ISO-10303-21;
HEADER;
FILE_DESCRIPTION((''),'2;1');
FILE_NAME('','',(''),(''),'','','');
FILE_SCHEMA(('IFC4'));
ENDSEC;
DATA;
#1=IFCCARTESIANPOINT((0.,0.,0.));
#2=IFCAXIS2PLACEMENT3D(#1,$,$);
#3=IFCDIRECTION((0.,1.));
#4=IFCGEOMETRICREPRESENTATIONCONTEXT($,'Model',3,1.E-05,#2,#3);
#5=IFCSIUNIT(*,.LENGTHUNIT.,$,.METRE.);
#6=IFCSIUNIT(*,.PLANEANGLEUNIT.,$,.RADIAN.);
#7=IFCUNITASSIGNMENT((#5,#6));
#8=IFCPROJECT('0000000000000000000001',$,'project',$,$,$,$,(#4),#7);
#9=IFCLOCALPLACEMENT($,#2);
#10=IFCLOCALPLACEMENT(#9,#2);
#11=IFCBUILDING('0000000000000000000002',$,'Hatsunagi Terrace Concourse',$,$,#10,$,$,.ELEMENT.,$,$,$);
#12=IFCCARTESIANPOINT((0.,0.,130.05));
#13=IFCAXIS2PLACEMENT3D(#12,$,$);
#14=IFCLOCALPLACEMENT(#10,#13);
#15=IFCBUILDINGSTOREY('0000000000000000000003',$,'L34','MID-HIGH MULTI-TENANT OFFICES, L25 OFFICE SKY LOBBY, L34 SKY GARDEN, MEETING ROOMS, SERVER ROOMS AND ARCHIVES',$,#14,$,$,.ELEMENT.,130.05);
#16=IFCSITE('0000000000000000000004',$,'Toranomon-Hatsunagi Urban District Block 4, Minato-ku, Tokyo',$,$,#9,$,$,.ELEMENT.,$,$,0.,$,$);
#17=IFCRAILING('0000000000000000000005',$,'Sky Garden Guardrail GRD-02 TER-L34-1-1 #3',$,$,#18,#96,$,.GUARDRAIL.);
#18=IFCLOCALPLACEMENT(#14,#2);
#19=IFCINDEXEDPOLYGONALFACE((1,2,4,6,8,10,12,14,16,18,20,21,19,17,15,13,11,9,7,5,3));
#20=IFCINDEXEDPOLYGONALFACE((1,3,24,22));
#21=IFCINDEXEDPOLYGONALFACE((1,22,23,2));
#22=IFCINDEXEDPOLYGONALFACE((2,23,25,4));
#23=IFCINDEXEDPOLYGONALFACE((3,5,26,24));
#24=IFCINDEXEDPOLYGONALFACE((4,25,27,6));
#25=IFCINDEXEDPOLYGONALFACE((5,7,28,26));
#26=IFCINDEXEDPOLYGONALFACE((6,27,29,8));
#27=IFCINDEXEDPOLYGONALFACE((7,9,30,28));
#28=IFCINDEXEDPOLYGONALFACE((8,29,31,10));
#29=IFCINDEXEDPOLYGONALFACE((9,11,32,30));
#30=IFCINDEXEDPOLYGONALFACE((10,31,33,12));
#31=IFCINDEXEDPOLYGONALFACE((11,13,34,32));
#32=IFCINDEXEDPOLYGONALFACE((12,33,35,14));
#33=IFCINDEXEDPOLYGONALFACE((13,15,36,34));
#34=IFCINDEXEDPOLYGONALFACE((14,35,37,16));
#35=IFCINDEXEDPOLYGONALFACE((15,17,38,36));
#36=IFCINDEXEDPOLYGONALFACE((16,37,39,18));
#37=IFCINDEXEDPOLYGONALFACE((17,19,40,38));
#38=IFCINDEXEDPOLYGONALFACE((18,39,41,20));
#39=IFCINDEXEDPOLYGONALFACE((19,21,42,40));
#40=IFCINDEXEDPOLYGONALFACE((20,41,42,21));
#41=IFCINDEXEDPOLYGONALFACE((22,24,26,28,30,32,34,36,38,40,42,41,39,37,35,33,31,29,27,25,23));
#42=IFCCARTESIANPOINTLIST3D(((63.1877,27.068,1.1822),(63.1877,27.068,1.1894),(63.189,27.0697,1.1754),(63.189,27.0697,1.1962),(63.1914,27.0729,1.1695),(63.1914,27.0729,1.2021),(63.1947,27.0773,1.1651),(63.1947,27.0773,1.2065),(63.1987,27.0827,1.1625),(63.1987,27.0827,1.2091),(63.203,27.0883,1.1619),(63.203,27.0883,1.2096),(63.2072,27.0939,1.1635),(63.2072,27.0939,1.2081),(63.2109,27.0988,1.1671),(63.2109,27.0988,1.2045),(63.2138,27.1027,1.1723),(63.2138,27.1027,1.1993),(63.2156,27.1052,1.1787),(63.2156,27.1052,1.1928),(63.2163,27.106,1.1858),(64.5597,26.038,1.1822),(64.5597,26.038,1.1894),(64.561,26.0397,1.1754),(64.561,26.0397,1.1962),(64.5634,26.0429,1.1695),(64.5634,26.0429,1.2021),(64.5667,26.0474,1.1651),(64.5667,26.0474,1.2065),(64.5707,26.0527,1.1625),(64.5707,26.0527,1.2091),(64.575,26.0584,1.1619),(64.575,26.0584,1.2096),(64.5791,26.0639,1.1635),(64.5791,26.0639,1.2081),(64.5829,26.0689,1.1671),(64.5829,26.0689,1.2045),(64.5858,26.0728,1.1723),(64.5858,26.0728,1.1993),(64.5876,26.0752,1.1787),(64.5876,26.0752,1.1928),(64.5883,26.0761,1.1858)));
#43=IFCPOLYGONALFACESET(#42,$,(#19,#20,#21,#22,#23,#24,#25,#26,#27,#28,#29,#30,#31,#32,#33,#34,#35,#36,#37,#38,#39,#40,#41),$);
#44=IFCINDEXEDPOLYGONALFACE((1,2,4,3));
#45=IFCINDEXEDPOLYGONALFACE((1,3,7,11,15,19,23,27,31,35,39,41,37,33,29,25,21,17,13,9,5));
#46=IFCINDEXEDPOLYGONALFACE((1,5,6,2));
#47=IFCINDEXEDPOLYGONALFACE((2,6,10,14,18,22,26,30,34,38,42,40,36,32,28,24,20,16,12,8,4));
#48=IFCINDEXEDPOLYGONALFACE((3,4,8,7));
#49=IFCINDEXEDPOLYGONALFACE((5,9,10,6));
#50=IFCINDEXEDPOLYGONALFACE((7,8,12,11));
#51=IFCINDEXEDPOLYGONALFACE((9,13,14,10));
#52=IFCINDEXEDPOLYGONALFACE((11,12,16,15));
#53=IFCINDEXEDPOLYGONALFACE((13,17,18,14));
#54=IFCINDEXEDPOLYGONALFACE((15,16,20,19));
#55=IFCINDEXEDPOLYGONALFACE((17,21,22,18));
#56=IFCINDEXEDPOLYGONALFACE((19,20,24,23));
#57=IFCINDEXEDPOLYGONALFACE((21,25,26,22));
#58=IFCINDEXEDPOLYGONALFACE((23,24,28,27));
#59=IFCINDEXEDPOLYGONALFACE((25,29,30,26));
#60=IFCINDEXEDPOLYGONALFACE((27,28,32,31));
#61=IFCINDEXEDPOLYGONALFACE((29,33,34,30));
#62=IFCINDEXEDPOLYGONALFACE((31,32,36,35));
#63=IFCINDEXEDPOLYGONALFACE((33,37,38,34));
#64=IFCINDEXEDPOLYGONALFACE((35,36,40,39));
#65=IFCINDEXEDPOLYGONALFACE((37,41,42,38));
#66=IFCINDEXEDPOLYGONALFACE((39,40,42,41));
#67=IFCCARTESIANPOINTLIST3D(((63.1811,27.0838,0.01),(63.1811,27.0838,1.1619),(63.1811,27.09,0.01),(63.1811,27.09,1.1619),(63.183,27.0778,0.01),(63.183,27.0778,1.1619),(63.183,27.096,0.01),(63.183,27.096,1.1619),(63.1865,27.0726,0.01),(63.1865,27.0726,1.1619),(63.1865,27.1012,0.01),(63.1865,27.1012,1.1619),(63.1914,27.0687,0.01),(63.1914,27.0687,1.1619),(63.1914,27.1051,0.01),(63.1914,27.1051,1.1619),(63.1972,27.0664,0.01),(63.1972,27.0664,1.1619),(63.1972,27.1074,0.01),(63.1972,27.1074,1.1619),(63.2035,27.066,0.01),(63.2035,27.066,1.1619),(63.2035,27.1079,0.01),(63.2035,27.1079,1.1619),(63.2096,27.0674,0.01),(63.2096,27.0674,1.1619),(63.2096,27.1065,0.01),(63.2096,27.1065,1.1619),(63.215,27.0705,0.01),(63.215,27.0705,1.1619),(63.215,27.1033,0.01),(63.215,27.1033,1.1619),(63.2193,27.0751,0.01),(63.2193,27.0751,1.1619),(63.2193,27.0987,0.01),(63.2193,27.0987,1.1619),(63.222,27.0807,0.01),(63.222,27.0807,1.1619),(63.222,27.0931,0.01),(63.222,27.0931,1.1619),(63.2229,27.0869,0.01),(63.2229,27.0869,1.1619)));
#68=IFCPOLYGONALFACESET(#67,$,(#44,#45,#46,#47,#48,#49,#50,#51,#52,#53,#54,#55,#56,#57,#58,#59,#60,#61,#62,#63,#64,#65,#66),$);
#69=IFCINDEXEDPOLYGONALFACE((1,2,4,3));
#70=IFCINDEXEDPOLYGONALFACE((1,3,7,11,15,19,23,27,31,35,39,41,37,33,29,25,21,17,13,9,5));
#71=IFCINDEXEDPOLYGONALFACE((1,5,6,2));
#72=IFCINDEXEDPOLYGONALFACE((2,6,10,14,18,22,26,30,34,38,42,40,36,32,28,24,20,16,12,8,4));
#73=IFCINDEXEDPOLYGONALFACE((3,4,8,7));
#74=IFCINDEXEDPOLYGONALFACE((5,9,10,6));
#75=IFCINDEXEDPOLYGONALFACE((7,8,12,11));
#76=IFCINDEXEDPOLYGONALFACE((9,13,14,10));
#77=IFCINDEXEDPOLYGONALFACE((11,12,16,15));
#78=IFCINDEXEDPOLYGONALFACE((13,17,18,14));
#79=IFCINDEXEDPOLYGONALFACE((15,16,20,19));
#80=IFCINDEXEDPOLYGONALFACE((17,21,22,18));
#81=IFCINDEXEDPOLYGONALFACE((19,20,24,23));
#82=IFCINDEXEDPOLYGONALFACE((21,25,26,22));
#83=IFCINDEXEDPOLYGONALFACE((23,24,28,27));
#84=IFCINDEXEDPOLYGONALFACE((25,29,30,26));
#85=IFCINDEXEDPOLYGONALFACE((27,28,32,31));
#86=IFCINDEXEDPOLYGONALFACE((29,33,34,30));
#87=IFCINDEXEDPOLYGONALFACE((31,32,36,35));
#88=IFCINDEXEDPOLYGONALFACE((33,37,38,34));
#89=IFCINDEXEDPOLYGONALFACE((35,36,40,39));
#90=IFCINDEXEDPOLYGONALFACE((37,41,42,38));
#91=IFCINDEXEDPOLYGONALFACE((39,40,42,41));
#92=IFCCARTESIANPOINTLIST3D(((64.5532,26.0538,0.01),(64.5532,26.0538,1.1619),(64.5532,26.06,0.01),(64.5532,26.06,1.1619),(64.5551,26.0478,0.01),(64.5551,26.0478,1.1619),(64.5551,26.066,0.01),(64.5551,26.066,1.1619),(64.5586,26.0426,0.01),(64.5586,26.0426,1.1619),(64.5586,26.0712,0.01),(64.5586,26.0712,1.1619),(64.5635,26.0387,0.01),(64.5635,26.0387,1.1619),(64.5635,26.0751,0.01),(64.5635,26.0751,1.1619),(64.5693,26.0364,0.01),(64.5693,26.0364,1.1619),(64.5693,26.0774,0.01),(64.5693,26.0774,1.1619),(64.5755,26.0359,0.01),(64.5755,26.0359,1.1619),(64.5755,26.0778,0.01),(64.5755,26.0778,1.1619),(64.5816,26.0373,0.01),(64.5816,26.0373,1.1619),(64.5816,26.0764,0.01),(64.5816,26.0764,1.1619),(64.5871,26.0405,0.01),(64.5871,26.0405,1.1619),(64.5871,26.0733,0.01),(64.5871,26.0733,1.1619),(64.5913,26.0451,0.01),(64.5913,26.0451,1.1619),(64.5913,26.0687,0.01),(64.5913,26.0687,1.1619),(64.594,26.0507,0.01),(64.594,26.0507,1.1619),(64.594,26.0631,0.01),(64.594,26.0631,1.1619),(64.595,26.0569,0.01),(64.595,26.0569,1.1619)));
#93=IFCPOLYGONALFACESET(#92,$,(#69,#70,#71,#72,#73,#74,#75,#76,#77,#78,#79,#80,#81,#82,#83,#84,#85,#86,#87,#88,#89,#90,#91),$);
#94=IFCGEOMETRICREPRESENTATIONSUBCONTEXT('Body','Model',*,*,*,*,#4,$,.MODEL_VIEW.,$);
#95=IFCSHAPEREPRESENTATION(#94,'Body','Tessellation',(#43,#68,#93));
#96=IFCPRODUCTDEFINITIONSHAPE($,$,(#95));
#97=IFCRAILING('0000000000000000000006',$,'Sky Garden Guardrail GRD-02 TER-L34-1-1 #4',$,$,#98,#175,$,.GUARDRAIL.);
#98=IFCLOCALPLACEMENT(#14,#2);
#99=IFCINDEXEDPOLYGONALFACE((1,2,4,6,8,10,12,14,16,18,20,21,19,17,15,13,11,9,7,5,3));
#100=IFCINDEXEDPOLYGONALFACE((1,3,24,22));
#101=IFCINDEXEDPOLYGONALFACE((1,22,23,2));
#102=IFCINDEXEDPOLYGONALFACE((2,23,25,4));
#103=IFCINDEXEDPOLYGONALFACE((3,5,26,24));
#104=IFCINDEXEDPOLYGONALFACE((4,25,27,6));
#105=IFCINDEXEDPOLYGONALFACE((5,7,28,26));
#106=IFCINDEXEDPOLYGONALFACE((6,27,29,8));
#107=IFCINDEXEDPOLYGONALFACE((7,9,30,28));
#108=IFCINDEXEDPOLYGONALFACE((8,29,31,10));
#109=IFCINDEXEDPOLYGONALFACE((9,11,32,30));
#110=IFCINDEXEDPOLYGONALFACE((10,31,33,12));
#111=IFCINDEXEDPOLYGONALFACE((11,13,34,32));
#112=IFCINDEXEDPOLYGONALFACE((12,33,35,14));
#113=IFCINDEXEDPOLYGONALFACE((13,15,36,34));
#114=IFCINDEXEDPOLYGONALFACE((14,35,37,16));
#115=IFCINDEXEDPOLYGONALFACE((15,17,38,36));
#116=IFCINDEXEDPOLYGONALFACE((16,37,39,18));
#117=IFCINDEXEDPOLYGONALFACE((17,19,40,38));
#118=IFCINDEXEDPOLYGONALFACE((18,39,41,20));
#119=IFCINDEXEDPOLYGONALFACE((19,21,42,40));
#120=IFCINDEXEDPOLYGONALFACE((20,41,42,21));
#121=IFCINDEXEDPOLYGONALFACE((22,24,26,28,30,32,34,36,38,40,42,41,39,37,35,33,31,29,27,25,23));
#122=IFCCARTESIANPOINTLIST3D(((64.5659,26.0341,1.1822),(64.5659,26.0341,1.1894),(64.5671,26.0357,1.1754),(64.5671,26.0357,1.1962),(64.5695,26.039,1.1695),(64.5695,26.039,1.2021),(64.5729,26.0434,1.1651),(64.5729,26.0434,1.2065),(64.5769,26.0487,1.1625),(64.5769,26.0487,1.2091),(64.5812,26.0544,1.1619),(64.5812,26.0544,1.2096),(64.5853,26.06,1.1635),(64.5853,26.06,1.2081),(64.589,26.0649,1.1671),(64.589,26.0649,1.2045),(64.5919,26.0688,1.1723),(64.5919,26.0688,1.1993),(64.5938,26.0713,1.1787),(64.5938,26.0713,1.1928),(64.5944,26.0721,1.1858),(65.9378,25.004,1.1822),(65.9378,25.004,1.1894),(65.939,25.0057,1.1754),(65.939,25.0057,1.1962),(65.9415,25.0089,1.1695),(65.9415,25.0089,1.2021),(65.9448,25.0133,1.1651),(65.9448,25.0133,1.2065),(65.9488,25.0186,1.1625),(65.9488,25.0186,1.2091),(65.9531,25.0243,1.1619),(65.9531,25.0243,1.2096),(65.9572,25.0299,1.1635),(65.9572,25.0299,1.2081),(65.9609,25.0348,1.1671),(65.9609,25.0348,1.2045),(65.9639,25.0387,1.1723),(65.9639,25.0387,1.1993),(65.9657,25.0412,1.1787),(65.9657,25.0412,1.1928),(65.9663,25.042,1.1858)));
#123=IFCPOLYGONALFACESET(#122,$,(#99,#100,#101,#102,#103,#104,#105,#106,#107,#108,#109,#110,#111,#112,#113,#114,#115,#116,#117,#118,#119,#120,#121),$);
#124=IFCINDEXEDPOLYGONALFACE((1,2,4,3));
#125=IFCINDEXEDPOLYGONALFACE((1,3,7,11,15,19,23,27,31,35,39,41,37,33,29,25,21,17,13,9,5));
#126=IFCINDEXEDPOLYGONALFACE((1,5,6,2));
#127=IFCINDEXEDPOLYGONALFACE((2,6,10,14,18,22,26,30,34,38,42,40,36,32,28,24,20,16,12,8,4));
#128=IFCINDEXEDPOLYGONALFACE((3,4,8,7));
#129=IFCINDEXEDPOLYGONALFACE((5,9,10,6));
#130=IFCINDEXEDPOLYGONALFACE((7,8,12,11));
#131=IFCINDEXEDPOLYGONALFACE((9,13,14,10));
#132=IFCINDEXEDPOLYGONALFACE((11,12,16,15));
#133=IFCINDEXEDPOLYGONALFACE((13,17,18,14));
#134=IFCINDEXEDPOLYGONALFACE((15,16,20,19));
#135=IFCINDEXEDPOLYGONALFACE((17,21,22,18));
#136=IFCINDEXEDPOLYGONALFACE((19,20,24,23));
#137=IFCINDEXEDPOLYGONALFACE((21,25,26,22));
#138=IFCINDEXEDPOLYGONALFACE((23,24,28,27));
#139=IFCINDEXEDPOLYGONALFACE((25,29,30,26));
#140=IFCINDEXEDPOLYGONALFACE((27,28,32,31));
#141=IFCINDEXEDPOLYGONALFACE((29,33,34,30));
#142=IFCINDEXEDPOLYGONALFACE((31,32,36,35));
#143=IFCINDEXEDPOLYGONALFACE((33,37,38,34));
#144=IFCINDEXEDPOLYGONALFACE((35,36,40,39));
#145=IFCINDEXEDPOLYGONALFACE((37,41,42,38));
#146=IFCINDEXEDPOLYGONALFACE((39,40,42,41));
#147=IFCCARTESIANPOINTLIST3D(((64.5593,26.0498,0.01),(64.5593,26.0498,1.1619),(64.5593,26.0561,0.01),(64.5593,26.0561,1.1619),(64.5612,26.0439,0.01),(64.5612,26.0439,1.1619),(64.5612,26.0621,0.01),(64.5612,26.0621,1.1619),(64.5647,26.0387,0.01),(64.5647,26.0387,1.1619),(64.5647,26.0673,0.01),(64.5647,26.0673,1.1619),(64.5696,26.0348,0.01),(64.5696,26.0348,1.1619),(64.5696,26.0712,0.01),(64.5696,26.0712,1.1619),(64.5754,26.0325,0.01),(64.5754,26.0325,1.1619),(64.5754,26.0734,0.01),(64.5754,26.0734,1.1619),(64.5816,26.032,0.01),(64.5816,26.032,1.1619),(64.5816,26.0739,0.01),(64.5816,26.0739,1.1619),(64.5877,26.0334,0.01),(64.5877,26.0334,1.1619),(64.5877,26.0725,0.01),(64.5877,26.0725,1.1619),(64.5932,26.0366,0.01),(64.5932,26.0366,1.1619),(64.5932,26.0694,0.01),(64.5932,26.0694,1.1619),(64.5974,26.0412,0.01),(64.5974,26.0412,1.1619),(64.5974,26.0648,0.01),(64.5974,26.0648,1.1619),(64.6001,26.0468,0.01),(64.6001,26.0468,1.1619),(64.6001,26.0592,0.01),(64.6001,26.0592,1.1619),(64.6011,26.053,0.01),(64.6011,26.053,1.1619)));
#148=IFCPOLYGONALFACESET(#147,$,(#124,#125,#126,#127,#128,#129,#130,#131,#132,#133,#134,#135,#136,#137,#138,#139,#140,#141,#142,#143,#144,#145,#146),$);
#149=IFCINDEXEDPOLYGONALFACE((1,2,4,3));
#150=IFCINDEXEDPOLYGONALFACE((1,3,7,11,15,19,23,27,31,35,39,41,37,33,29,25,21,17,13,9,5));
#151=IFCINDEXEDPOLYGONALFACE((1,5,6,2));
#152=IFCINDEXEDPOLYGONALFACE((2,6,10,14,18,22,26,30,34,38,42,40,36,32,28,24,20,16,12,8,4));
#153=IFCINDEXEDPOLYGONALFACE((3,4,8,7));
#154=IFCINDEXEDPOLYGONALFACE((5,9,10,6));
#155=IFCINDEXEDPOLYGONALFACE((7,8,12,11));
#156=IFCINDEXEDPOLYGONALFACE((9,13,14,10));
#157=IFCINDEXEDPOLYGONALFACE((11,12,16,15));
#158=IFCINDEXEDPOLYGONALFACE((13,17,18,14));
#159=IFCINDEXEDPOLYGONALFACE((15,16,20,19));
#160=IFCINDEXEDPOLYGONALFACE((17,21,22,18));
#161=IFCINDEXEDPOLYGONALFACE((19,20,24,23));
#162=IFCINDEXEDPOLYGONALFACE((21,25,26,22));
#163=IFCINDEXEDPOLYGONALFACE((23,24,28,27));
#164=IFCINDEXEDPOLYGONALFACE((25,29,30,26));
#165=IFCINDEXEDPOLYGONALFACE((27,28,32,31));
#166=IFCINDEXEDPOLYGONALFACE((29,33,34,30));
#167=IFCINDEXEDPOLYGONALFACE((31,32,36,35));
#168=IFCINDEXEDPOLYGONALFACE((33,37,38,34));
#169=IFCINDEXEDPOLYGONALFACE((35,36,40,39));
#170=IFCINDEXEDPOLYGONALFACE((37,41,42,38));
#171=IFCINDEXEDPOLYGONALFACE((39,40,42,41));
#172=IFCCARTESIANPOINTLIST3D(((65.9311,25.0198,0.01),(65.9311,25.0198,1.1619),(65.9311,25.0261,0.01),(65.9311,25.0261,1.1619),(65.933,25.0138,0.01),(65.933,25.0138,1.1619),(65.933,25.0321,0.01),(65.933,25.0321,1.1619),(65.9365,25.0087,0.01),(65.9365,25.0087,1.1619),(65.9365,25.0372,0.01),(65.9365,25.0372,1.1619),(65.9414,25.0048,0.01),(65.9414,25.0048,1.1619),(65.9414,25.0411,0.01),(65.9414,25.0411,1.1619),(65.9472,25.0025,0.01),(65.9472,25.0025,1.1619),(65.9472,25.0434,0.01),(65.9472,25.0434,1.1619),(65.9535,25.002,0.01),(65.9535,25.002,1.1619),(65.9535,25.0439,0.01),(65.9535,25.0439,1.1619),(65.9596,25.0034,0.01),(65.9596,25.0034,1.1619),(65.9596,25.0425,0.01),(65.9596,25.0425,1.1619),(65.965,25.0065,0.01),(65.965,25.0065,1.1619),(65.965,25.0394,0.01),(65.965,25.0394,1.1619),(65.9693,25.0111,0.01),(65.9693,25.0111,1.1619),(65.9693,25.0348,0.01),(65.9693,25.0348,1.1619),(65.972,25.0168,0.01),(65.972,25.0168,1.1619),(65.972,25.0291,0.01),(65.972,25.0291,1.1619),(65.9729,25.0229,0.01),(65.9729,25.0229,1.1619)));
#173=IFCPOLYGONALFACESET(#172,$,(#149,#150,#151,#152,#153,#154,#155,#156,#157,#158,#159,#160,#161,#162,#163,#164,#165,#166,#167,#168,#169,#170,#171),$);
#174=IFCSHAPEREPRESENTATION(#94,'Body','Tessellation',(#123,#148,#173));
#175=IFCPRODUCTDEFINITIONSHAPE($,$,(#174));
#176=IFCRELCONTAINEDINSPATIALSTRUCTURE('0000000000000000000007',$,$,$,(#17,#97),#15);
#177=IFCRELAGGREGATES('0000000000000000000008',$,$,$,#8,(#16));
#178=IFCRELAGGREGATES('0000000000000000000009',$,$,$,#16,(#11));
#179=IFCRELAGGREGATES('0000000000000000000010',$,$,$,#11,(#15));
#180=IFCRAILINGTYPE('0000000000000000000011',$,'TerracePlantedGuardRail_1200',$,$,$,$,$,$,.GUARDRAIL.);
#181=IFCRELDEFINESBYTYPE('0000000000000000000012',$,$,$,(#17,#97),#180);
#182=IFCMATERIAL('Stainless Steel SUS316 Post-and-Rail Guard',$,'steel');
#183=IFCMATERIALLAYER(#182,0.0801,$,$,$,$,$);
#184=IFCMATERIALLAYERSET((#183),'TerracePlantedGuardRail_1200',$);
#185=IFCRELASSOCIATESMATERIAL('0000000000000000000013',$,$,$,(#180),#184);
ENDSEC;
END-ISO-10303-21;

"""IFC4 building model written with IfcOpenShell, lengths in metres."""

from ifc_helpers import new_model, si_unit, direction, frame, origin, origin_2d, place, context, subcontext, project, spatial, circle, extrude, material, layer, layer_set, type_object, element, save


model = new_model("IFC4")

# Units and contexts
model_context = context("Model", 3, precision=1e-05, world=origin(), true_north=direction((0.0, 1.0)))
body_context = subcontext(model_context, "Body", "Model", "MODEL_VIEW")
ifc_project = project(units=[si_unit("LENGTHUNIT", "METRE"), si_unit("PLANEANGLEUNIT", "RADIAN")], contexts=[model_context])

# Site, building, storey
site_placement = place(None, origin())
site = spatial("IfcSite", under=ifc_project, at=site_placement, Name="Toranomon-Hatsunagi Urban District Block 4, Minato-ku, Tokyo", CompositionType="ELEMENT", RefElevation=0.0)
building_placement = place(site_placement, origin())
building = spatial("IfcBuilding", under=site, at=building_placement, Name="Hatsunagi Terrace Concourse", CompositionType="ELEMENT")
storey_placement = place(building_placement, frame((0.0, 0.0, 130.05)))
storey = spatial("IfcBuildingStorey", under=building, at=storey_placement, Name="L34", Description="MID-HIGH MULTI-TENANT OFFICES, L25 OFFICE SKY LOBBY, L34 SKY GARDEN, MEETING ROOMS, SERVER ROOMS AND ARCHIVES", CompositionType="ELEMENT", Elevation=130.05)

# Railings
ifc_material_1 = material(Name="Stainless Steel SUS316 Post-and-Rail Guard", Category="steel")
ifc_layer_1 = layer(ifc_material_1, 0.0801)
ifc_layer_set_1 = layer_set([ifc_layer_1], Name="TerracePlantedGuardRail_1200")
railing_type = type_object("IfcRailingType", Name="TerracePlantedGuardRail_1200", PredefinedType="GUARDRAIL", material=ifc_layer_set_1)
railing_1_placement = place(storey_placement, frame((63.2019, 27.0869, 0.01)))
element("IfcRailing", 1, at=railing_1_placement, inside=storey, type_object=railing_type, Name="Sky Garden Guardrail GRD-02 TER-L34-1-1 #3", PredefinedType="GUARDRAIL", context=body_context, shape_type="SweptSolid", body=[
    extrude(circle(Radius=0.0239, at=origin_2d()), frame((0.0, 0.0, 1.1758), z_axis=(0.799727, -0.600364, 0.0), x_axis=(0.600364, 0.799727, 0.0)), (0.0, 0.0, 1.0), 1.7156),
    extrude(circle(Radius=0.021, at=origin_2d()), origin(), (0.0, 0.0, 1.0), 1.1519),
    extrude(circle(Radius=0.021, at=origin_2d()), frame((1.3721, -1.03, 0.0)), (0.0, 0.0, 1.0), 1.1519),
])
railing_2_placement = place(storey_placement, frame((64.5801, 26.053, 0.01)))
element("IfcRailing", 2, at=railing_2_placement, inside=storey, type_object=railing_type, Name="Sky Garden Guardrail GRD-02 TER-L34-1-1 #4", PredefinedType="GUARDRAIL", context=body_context, shape_type="SweptSolid", body=[
    extrude(circle(Radius=0.0239, at=origin_2d()), frame((0.0, 0.0, 1.1758), z_axis=(0.799675, -0.600433, 0.0), x_axis=(0.600433, 0.799675, 0.0)), (0.0, 0.0, 1.0), 1.7156),
    extrude(circle(Radius=0.021, at=origin_2d()), origin(), (0.0, 0.0, 1.0), 1.1519),
    extrude(circle(Radius=0.021, at=origin_2d()), frame((1.3718, -1.03, 0.0)), (0.0, 0.0, 1.0), 1.1519),
])

save(model, "model.ifc")
